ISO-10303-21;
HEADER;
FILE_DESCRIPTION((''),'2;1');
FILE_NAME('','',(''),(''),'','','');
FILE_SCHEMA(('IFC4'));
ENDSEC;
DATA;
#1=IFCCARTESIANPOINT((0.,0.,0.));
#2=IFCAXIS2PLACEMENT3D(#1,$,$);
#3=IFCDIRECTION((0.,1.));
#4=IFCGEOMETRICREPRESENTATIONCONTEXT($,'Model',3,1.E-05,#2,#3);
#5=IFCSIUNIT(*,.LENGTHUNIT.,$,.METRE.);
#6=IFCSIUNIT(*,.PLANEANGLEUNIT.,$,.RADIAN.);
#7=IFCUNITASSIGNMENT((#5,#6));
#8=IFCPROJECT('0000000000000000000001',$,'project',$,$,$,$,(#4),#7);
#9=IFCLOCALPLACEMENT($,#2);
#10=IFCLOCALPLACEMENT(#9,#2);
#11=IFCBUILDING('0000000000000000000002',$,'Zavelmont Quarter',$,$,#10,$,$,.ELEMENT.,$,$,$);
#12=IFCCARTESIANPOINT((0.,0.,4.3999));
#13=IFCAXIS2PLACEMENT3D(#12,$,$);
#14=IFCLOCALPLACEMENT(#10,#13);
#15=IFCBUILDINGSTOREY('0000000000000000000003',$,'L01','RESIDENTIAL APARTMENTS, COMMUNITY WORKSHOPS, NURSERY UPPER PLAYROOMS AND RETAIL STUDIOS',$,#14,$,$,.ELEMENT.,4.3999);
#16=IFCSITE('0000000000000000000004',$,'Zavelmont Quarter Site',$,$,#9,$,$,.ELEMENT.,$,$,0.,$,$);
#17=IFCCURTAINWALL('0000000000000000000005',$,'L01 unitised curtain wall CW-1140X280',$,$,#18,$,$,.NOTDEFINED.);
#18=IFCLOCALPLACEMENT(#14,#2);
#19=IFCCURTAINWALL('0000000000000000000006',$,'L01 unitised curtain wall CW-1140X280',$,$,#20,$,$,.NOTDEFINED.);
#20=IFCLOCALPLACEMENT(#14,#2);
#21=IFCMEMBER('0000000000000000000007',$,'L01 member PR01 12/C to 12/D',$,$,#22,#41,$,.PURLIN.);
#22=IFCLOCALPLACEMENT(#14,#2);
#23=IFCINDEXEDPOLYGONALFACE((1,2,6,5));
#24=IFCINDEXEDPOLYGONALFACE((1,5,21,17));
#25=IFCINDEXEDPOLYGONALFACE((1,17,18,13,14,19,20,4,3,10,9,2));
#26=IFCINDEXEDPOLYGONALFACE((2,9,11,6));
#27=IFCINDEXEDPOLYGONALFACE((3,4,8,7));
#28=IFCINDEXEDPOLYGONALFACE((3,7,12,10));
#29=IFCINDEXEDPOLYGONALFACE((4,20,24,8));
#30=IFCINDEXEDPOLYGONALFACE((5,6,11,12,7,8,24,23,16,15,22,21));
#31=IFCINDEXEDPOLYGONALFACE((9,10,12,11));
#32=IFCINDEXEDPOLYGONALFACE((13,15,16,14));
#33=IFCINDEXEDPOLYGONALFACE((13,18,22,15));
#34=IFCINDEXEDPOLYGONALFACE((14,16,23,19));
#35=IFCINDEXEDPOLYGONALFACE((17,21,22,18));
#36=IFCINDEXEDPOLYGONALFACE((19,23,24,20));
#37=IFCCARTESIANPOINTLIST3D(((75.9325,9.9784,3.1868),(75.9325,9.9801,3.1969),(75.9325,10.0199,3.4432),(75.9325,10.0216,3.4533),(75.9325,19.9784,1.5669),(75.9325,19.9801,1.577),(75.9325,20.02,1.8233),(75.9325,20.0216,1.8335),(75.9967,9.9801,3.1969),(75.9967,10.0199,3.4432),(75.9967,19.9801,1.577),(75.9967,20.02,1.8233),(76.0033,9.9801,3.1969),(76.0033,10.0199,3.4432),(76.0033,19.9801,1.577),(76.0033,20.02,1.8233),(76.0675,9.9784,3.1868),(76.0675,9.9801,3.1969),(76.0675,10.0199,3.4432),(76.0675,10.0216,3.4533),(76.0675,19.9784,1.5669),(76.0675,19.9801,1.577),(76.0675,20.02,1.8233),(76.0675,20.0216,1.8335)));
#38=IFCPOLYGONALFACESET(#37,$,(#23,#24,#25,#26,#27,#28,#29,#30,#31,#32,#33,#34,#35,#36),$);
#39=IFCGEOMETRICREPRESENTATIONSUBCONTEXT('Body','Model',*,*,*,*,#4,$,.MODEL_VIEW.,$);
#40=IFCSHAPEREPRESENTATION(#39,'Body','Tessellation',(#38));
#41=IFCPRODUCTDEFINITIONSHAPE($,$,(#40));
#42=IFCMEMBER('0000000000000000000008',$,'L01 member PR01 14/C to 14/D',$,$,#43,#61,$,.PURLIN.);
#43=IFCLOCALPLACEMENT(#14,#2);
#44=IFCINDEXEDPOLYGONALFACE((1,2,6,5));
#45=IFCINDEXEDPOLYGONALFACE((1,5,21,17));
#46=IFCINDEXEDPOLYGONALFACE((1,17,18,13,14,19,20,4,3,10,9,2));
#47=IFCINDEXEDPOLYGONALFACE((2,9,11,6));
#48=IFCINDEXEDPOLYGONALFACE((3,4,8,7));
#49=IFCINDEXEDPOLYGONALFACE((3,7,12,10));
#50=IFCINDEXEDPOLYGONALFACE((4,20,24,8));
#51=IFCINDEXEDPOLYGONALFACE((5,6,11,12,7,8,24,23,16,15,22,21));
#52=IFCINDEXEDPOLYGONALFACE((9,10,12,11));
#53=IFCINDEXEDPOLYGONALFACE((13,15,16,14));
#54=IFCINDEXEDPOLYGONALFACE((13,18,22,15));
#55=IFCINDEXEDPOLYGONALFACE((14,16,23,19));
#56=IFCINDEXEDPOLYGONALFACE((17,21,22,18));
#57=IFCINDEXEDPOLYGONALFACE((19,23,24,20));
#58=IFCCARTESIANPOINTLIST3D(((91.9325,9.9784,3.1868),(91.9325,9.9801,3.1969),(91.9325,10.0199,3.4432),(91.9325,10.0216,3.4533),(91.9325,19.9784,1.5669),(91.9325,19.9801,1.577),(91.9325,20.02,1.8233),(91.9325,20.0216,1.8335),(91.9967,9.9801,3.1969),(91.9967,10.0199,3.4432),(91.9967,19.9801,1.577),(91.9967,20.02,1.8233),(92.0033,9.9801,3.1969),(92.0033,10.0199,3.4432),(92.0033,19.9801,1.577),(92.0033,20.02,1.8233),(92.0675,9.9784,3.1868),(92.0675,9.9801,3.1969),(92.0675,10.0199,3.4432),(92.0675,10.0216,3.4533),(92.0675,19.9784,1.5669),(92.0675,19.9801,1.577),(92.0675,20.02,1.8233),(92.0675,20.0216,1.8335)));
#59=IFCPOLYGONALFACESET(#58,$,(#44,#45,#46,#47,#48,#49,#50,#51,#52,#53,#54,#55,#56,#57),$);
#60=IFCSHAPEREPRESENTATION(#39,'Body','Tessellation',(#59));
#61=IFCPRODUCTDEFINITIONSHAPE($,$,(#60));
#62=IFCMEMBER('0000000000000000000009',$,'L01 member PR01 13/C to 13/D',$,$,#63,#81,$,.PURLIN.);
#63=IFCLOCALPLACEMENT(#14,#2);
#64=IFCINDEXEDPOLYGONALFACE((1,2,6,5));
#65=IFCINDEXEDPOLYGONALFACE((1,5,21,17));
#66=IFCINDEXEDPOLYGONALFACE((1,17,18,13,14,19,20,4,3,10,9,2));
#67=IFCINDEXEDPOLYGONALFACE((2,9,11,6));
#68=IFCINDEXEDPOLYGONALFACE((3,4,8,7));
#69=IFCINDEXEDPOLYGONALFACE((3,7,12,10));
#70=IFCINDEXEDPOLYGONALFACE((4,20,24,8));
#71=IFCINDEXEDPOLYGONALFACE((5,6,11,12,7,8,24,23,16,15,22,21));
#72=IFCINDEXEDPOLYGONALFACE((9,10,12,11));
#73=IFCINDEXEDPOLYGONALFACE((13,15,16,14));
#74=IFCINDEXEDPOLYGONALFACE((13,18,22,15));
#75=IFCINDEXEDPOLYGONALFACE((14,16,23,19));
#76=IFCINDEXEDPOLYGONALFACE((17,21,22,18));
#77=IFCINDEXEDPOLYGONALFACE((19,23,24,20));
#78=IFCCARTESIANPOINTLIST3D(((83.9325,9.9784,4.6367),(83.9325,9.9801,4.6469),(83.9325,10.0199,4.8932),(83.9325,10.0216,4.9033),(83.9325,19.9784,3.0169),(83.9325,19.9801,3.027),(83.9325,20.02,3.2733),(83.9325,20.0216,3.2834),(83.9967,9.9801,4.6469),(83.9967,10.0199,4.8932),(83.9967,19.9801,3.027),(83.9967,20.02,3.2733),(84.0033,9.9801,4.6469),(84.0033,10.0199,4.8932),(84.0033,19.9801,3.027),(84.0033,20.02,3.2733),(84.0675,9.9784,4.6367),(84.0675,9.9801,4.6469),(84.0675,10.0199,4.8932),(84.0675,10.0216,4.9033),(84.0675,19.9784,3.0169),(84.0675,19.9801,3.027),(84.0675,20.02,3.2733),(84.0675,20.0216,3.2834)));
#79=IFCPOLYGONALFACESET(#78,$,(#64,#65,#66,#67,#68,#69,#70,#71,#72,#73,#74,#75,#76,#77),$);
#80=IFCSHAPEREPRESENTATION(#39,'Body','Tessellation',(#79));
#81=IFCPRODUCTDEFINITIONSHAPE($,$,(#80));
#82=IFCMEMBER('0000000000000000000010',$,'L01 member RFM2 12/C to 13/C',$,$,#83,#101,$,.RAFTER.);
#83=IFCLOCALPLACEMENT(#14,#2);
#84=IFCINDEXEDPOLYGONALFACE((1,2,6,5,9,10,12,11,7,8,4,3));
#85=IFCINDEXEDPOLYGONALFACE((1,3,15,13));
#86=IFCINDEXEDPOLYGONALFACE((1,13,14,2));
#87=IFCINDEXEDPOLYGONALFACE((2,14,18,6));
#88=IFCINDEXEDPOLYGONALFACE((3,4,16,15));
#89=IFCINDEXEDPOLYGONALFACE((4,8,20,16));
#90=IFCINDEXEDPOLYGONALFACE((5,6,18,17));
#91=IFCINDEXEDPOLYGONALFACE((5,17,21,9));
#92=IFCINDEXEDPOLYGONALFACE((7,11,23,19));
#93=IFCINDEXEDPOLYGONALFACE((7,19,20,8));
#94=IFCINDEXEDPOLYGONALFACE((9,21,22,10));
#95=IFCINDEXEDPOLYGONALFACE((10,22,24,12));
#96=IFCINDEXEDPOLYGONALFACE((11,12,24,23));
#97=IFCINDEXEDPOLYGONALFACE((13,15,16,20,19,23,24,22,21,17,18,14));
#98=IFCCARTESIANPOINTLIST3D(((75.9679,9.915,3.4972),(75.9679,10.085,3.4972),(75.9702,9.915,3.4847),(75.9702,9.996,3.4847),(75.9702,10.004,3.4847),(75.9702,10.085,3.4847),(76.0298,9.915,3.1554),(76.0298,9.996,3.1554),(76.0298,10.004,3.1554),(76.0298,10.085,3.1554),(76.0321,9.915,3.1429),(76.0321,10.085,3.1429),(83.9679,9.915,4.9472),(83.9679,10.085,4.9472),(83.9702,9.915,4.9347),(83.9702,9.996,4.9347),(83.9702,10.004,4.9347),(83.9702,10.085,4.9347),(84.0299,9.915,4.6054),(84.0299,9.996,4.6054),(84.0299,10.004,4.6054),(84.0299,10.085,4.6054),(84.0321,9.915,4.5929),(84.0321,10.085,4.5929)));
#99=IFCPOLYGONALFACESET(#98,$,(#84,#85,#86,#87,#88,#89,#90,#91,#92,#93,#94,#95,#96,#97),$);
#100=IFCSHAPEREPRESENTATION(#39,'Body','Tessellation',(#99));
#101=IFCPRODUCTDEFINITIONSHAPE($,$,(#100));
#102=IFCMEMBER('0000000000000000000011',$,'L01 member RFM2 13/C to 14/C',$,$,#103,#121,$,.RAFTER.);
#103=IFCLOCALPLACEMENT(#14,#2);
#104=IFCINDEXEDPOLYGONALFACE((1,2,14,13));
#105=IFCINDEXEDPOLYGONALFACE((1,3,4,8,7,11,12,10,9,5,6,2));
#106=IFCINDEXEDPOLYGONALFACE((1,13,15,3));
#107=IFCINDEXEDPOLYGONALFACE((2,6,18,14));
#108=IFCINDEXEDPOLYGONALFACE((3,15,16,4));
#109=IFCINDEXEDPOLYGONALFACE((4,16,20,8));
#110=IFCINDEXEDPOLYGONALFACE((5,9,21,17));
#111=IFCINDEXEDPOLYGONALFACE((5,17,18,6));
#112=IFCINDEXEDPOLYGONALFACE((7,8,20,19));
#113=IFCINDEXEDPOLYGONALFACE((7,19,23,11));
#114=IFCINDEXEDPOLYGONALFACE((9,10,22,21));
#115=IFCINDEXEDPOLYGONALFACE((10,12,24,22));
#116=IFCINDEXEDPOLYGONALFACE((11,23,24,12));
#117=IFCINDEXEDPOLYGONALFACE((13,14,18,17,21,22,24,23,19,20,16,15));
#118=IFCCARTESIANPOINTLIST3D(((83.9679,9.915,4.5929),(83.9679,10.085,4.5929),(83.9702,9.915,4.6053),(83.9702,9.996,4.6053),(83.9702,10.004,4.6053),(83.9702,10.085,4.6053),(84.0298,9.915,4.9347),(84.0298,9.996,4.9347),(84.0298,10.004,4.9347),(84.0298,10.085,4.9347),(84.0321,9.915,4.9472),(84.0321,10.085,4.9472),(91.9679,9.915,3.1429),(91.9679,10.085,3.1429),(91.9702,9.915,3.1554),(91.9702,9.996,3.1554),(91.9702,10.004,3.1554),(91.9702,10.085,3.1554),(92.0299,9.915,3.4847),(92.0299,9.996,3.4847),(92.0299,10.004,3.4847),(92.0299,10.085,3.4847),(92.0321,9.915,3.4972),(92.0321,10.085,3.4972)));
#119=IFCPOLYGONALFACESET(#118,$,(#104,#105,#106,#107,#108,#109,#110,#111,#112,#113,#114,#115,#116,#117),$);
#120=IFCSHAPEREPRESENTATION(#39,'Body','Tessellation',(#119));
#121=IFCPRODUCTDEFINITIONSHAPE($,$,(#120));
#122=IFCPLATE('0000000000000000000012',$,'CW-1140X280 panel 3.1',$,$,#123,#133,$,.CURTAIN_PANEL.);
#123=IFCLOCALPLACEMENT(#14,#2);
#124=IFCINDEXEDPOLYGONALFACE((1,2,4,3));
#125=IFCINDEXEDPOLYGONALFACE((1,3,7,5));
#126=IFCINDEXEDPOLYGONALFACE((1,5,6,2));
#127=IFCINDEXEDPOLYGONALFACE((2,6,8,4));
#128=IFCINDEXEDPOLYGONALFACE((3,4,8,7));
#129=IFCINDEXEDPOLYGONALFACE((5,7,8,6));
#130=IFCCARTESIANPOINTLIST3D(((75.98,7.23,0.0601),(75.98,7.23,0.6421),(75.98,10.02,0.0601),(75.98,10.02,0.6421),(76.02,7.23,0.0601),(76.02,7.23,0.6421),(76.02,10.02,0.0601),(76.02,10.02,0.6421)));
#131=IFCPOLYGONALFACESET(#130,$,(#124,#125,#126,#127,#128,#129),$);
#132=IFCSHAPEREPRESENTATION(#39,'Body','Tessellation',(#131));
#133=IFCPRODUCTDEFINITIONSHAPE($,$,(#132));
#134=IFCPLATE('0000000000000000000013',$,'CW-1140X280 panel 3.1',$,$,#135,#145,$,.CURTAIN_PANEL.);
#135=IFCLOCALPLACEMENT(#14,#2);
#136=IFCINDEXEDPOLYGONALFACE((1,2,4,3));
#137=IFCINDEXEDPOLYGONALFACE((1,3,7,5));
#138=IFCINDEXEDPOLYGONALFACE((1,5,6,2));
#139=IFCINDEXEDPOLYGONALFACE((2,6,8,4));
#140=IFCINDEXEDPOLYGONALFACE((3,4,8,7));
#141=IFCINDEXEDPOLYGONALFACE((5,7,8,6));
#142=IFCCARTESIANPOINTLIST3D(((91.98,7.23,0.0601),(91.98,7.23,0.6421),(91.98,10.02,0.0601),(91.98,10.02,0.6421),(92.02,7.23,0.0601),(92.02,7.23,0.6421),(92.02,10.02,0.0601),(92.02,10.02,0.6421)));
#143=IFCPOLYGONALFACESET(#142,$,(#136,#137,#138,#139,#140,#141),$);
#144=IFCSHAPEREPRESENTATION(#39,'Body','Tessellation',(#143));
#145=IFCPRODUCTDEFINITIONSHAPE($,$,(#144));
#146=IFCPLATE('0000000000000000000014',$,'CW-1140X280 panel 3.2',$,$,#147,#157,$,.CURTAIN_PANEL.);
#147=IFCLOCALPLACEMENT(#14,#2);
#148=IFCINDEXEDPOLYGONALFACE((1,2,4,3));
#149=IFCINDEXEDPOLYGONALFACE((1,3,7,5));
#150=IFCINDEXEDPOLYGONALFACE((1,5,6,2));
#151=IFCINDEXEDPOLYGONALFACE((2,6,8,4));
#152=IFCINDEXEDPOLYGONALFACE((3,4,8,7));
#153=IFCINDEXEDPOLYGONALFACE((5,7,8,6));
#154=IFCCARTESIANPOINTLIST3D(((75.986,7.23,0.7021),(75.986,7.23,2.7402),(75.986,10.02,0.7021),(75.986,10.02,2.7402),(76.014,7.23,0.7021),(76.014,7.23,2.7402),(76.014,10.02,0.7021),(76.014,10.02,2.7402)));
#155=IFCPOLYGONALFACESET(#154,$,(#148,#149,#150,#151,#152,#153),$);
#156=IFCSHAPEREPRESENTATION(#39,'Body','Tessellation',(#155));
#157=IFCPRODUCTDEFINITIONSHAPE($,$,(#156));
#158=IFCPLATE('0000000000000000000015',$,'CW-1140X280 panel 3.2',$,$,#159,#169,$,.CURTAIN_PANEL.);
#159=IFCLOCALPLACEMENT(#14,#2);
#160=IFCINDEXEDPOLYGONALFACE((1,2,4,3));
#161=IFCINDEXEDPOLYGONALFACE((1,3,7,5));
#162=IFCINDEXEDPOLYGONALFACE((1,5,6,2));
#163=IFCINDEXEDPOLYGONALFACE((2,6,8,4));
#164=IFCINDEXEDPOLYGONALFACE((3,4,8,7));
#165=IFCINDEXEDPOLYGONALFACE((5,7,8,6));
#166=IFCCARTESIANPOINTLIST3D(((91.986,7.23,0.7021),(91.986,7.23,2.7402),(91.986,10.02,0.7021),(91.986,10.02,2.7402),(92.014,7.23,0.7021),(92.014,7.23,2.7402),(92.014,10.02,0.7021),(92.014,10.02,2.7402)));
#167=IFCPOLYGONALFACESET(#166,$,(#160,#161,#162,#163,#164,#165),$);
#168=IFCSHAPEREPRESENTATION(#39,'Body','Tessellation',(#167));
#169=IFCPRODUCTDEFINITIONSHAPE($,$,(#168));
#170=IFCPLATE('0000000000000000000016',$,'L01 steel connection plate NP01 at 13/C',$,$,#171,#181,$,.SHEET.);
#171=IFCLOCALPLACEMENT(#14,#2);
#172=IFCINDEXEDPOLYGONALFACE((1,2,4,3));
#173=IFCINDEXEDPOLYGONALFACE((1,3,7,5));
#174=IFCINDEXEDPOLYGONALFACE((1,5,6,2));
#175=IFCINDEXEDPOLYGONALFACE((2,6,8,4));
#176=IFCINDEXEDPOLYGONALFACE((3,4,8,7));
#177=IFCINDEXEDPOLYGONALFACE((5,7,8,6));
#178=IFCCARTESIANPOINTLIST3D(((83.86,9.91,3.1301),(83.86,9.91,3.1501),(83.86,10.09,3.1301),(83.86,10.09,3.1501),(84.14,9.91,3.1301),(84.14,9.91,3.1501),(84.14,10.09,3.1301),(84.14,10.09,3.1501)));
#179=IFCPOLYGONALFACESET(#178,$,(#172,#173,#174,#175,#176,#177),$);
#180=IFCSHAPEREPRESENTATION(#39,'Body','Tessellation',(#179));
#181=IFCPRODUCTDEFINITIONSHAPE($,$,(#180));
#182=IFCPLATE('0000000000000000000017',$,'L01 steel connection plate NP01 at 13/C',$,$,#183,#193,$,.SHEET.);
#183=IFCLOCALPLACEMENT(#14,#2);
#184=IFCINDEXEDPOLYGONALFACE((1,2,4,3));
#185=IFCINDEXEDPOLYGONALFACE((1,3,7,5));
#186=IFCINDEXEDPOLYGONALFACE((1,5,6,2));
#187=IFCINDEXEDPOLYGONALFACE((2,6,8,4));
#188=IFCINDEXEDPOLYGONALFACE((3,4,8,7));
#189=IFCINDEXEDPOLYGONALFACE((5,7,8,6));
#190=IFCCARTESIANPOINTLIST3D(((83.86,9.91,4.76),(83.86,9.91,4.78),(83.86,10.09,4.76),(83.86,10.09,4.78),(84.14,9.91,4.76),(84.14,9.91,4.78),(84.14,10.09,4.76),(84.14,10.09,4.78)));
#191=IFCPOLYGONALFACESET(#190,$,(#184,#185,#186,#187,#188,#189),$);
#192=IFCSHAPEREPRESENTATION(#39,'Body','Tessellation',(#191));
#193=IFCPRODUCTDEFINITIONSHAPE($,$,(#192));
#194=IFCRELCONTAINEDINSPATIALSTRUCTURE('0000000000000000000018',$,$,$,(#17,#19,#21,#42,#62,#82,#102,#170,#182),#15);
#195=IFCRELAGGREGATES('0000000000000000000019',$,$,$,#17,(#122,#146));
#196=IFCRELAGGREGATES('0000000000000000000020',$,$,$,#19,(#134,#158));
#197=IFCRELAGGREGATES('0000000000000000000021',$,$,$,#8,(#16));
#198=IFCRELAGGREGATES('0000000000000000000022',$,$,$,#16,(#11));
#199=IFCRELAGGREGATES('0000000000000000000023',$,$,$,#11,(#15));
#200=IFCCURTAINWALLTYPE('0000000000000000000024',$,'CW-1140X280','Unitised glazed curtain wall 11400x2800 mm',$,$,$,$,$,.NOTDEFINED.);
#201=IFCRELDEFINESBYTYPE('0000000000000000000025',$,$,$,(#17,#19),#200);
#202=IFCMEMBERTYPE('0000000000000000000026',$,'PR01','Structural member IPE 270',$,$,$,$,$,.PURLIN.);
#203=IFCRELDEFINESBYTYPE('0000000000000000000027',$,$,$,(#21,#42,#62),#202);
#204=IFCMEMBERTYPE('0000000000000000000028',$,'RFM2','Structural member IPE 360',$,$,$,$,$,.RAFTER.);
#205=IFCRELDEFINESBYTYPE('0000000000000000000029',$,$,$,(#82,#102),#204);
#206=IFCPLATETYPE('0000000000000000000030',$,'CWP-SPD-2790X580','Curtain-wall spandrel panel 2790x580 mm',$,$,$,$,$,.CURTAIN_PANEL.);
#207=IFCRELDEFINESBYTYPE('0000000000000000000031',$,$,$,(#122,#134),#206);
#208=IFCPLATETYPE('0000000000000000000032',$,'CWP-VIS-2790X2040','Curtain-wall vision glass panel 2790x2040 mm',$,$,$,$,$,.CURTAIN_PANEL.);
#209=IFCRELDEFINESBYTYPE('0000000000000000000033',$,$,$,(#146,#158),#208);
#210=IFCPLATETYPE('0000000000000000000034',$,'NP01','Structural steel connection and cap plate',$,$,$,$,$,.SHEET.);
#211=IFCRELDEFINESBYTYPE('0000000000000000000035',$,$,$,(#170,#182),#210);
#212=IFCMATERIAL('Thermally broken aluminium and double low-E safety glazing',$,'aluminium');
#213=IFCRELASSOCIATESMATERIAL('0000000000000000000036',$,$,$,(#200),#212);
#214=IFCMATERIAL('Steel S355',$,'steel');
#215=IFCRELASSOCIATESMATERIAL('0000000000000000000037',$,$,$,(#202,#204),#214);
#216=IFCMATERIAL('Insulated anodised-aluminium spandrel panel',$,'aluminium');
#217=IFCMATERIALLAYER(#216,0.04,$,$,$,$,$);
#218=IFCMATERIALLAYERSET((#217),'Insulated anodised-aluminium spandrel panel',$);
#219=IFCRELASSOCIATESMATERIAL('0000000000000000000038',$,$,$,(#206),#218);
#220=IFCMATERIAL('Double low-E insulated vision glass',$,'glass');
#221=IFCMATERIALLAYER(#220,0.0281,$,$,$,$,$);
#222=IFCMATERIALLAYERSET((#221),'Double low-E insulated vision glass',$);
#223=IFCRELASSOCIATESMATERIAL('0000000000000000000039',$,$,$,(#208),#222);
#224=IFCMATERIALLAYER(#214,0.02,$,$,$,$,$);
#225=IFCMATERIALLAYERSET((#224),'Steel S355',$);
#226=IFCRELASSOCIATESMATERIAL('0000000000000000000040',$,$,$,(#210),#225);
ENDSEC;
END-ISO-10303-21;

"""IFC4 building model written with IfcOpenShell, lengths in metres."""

from ifc_helpers import new_model, si_unit, direction, frame, origin, origin_2d, place, context, subcontext, project, spatial, rectangle, i_section, extrude, material, layer, layer_set, material_profile, profile_set, type_object, element, aggregate, save


model = new_model("IFC4")

# Units and contexts
model_context = context("Model", 3, precision=1e-05, world=origin(), true_north=direction((0.0, 1.0)))
body_context = subcontext(model_context, "Body", "Model", "MODEL_VIEW")
ifc_project = project(units=[si_unit("LENGTHUNIT", "METRE"), si_unit("PLANEANGLEUNIT", "RADIAN")], contexts=[model_context])

# Site, building, storey
site_placement = place(None, origin())
site = spatial("IfcSite", under=ifc_project, at=site_placement, Name="Zavelmont Quarter Site", CompositionType="ELEMENT", RefElevation=0.0)
building_placement = place(site_placement, origin())
building = spatial("IfcBuilding", under=site, at=building_placement, Name="Zavelmont Quarter", CompositionType="ELEMENT")
storey_placement = place(building_placement, frame((0.0, 0.0, 4.3999)))
storey = spatial("IfcBuildingStorey", under=building, at=storey_placement, Name="L01", Description="RESIDENTIAL APARTMENTS, COMMUNITY WORKSHOPS, NURSERY UPPER PLAYROOMS AND RETAIL STUDIOS", CompositionType="ELEMENT", Elevation=4.3999)

# Shared definitions
ifc_material_1 = material(Name="Steel S355", Category="steel")

# Curtain walls
ifc_material_2 = material(Name="Thermally broken aluminium and double low-E safety glazing", Category="aluminium")
curtain_wall_type = type_object("IfcCurtainWallType", Name="CW-1140X280", Description="Unitised glazed curtain wall 11400x2800 mm", PredefinedType="NOTDEFINED", material=ifc_material_2)
curtain_wall_1_placement = place(storey_placement, origin())
curtain_wall_1 = element("IfcCurtainWall", 1, at=curtain_wall_1_placement, inside=storey, type_object=curtain_wall_type, Name="L01 unitised curtain wall CW-1140X280", PredefinedType="NOTDEFINED")
curtain_wall_2_placement = place(storey_placement, origin())
curtain_wall_2 = element("IfcCurtainWall", 2, at=curtain_wall_2_placement, inside=storey, type_object=curtain_wall_type, Name="L01 unitised curtain wall CW-1140X280", PredefinedType="NOTDEFINED")

# Members
ifc_material_profile_1 = material_profile(ifc_material_1, i_section(OverallWidth=0.135, OverallDepth=0.27, WebThickness=0.0066, FlangeThickness=0.0103, at=origin_2d()), Name="IPE 270")
ifc_profile_set_1 = profile_set([ifc_material_profile_1], Name="Steel S355")
member_type_1 = type_object("IfcMemberType", Name="PR01", Description="Structural member IPE 270", PredefinedType="PURLIN", material=ifc_profile_set_1)
for number, where, z_axis, x_axis, name in (
    (3, (76.0, 10.0, 3.3201), (0.0, 0.987133, -0.159903), (-1.0, 0.0, 0.0), "L01 member PR01 12/C to 12/D"),
    (4, (92.0, 10.0, 3.3201), (0.0, 0.987133, -0.159903), (-1.0, 0.0, 0.0), "L01 member PR01 14/C to 14/D"),
    (5, (84.0, 10.0, 4.77), (0.0, 0.987133, -0.159903), (-1.0, 0.0, 0.0), "L01 member PR01 13/C to 13/D"),
):
    element("IfcMember", number, at=place(storey_placement, frame(where, z_axis=z_axis, x_axis=x_axis)), inside=storey, type_object=member_type_1, Name=name, PredefinedType="PURLIN", context=body_context, shape_type="SweptSolid", body=[
        extrude(i_section(OverallWidth=0.135, OverallDepth=0.27, WebThickness=0.0066, FlangeThickness=0.0103, at=origin_2d()), origin(), (0.0, 0.0, 1.0), 10.1304),
    ])
ifc_material_profile_2 = material_profile(ifc_material_1, i_section(OverallWidth=0.1699, OverallDepth=0.3601, WebThickness=0.0081, FlangeThickness=0.0127, at=origin_2d()), Name="IPE 360")
ifc_profile_set_2 = profile_set([ifc_material_profile_2], Name="Steel S355")
member_type_2 = type_object("IfcMemberType", Name="RFM2", Description="Structural member IPE 360", PredefinedType="RAFTER", material=ifc_profile_set_2)
for number, where, z_axis, x_axis, name in (
    (6, (76.0, 10.0, 3.3201), (0.983969, 0.0, 0.178338), (0.0, 1.0, 0.0), "L01 member RFM2 12/C to 13/C"),
    (7, (84.0, 10.0, 4.77), (0.983969, 0.0, -0.178338), (0.0, 1.0, 0.0), "L01 member RFM2 13/C to 14/C"),
):
    element("IfcMember", number, at=place(storey_placement, frame(where, z_axis=z_axis, x_axis=x_axis)), inside=storey, type_object=member_type_2, Name=name, PredefinedType="RAFTER", context=body_context, shape_type="SweptSolid", body=[
        extrude(i_section(OverallWidth=0.1699, OverallDepth=0.3601, WebThickness=0.0081, FlangeThickness=0.0127, at=origin_2d()), origin(), (0.0, 0.0, 1.0), 8.1304),
    ])

# Plates
ifc_material_3 = material(Name="Insulated anodised-aluminium spandrel panel", Category="aluminium")
ifc_layer_1 = layer(ifc_material_3, 0.04)
ifc_layer_set_1 = layer_set([ifc_layer_1], Name="Insulated anodised-aluminium spandrel panel")
plate_type_1 = type_object("IfcPlateType", Name="CWP-SPD-2790X580", Description="Curtain-wall spandrel panel 2790x580 mm", PredefinedType="CURTAIN_PANEL", material=ifc_layer_set_1)
plate_1_placement = place(storey_placement, frame((76.0, 8.625, 0.0601), z_axis=(0.0, 0.0, 1.0), x_axis=(0.0, 1.0, 0.0)))
plate_1 = element("IfcPlate", 8, at=plate_1_placement, type_object=plate_type_1, Name="CW-1140X280 panel 3.1", PredefinedType="CURTAIN_PANEL", context=body_context, shape_type="SweptSolid", body=[
    extrude(rectangle(XDim=2.79, YDim=0.04, at=origin_2d()), origin(), (0.0, 0.0, 1.0), 0.582),
])
plate_2_placement = place(storey_placement, frame((92.0, 8.625, 0.0601), z_axis=(0.0, 0.0, 1.0), x_axis=(0.0, 1.0, 0.0)))
plate_2 = element("IfcPlate", 9, at=plate_2_placement, type_object=plate_type_1, Name="CW-1140X280 panel 3.1", PredefinedType="CURTAIN_PANEL", context=body_context, shape_type="SweptSolid", body=[
    extrude(rectangle(XDim=2.79, YDim=0.04, at=origin_2d()), origin(), (0.0, 0.0, 1.0), 0.582),
])
ifc_material_4 = material(Name="Double low-E insulated vision glass", Category="glass")
ifc_layer_2 = layer(ifc_material_4, 0.0281)
ifc_layer_set_2 = layer_set([ifc_layer_2], Name="Double low-E insulated vision glass")
plate_type_2 = type_object("IfcPlateType", Name="CWP-VIS-2790X2040", Description="Curtain-wall vision glass panel 2790x2040 mm", PredefinedType="CURTAIN_PANEL", material=ifc_layer_set_2)
plate_3_placement = place(storey_placement, frame((76.0, 8.625, 0.7021), z_axis=(0.0, 0.0, 1.0), x_axis=(0.0, 1.0, 0.0)))
plate_3 = element("IfcPlate", 10, at=plate_3_placement, type_object=plate_type_2, Name="CW-1140X280 panel 3.2", PredefinedType="CURTAIN_PANEL", context=body_context, shape_type="SweptSolid", body=[
    extrude(rectangle(XDim=2.79, YDim=0.0281, at=origin_2d()), origin(), (0.0, 0.0, 1.0), 2.0381),
])
aggregate(curtain_wall_1, [plate_1, plate_3])
plate_4_placement = place(storey_placement, frame((92.0, 8.625, 0.7021), z_axis=(0.0, 0.0, 1.0), x_axis=(0.0, 1.0, 0.0)))
plate_4 = element("IfcPlate", 11, at=plate_4_placement, type_object=plate_type_2, Name="CW-1140X280 panel 3.2", PredefinedType="CURTAIN_PANEL", context=body_context, shape_type="SweptSolid", body=[
    extrude(rectangle(XDim=2.79, YDim=0.0281, at=origin_2d()), origin(), (0.0, 0.0, 1.0), 2.0381),
])
aggregate(curtain_wall_2, [plate_2, plate_4])

# Plates
ifc_layer_3 = layer(ifc_material_1, 0.02)
ifc_layer_set_3 = layer_set([ifc_layer_3], Name="Steel S355")
plate_type_3 = type_object("IfcPlateType", Name="NP01", Description="Structural steel connection and cap plate", PredefinedType="SHEET", material=ifc_layer_set_3)
for number, where, z_axis, x_axis, name in (
    (12, (84.0, 10.0, 3.1301), (0.0, 0.0, 1.0), (1.0, 0.0, 0.0), "L01 steel connection plate NP01 at 13/C"),
    (13, (84.0, 10.0, 4.76), (0.0, 0.0, 1.0), (1.0, 0.0, 0.0), "L01 steel connection plate NP01 at 13/C"),
):
    element("IfcPlate", number, at=place(storey_placement, frame(where, z_axis=z_axis, x_axis=x_axis)), inside=storey, type_object=plate_type_3, Name=name, PredefinedType="SHEET", context=body_context, shape_type="SweptSolid", body=[
        extrude(rectangle(XDim=0.28, YDim=0.1799, at=origin_2d()), origin(), (0.0, 0.0, 1.0), 0.02),
    ])

save(model, "model.ifc")
